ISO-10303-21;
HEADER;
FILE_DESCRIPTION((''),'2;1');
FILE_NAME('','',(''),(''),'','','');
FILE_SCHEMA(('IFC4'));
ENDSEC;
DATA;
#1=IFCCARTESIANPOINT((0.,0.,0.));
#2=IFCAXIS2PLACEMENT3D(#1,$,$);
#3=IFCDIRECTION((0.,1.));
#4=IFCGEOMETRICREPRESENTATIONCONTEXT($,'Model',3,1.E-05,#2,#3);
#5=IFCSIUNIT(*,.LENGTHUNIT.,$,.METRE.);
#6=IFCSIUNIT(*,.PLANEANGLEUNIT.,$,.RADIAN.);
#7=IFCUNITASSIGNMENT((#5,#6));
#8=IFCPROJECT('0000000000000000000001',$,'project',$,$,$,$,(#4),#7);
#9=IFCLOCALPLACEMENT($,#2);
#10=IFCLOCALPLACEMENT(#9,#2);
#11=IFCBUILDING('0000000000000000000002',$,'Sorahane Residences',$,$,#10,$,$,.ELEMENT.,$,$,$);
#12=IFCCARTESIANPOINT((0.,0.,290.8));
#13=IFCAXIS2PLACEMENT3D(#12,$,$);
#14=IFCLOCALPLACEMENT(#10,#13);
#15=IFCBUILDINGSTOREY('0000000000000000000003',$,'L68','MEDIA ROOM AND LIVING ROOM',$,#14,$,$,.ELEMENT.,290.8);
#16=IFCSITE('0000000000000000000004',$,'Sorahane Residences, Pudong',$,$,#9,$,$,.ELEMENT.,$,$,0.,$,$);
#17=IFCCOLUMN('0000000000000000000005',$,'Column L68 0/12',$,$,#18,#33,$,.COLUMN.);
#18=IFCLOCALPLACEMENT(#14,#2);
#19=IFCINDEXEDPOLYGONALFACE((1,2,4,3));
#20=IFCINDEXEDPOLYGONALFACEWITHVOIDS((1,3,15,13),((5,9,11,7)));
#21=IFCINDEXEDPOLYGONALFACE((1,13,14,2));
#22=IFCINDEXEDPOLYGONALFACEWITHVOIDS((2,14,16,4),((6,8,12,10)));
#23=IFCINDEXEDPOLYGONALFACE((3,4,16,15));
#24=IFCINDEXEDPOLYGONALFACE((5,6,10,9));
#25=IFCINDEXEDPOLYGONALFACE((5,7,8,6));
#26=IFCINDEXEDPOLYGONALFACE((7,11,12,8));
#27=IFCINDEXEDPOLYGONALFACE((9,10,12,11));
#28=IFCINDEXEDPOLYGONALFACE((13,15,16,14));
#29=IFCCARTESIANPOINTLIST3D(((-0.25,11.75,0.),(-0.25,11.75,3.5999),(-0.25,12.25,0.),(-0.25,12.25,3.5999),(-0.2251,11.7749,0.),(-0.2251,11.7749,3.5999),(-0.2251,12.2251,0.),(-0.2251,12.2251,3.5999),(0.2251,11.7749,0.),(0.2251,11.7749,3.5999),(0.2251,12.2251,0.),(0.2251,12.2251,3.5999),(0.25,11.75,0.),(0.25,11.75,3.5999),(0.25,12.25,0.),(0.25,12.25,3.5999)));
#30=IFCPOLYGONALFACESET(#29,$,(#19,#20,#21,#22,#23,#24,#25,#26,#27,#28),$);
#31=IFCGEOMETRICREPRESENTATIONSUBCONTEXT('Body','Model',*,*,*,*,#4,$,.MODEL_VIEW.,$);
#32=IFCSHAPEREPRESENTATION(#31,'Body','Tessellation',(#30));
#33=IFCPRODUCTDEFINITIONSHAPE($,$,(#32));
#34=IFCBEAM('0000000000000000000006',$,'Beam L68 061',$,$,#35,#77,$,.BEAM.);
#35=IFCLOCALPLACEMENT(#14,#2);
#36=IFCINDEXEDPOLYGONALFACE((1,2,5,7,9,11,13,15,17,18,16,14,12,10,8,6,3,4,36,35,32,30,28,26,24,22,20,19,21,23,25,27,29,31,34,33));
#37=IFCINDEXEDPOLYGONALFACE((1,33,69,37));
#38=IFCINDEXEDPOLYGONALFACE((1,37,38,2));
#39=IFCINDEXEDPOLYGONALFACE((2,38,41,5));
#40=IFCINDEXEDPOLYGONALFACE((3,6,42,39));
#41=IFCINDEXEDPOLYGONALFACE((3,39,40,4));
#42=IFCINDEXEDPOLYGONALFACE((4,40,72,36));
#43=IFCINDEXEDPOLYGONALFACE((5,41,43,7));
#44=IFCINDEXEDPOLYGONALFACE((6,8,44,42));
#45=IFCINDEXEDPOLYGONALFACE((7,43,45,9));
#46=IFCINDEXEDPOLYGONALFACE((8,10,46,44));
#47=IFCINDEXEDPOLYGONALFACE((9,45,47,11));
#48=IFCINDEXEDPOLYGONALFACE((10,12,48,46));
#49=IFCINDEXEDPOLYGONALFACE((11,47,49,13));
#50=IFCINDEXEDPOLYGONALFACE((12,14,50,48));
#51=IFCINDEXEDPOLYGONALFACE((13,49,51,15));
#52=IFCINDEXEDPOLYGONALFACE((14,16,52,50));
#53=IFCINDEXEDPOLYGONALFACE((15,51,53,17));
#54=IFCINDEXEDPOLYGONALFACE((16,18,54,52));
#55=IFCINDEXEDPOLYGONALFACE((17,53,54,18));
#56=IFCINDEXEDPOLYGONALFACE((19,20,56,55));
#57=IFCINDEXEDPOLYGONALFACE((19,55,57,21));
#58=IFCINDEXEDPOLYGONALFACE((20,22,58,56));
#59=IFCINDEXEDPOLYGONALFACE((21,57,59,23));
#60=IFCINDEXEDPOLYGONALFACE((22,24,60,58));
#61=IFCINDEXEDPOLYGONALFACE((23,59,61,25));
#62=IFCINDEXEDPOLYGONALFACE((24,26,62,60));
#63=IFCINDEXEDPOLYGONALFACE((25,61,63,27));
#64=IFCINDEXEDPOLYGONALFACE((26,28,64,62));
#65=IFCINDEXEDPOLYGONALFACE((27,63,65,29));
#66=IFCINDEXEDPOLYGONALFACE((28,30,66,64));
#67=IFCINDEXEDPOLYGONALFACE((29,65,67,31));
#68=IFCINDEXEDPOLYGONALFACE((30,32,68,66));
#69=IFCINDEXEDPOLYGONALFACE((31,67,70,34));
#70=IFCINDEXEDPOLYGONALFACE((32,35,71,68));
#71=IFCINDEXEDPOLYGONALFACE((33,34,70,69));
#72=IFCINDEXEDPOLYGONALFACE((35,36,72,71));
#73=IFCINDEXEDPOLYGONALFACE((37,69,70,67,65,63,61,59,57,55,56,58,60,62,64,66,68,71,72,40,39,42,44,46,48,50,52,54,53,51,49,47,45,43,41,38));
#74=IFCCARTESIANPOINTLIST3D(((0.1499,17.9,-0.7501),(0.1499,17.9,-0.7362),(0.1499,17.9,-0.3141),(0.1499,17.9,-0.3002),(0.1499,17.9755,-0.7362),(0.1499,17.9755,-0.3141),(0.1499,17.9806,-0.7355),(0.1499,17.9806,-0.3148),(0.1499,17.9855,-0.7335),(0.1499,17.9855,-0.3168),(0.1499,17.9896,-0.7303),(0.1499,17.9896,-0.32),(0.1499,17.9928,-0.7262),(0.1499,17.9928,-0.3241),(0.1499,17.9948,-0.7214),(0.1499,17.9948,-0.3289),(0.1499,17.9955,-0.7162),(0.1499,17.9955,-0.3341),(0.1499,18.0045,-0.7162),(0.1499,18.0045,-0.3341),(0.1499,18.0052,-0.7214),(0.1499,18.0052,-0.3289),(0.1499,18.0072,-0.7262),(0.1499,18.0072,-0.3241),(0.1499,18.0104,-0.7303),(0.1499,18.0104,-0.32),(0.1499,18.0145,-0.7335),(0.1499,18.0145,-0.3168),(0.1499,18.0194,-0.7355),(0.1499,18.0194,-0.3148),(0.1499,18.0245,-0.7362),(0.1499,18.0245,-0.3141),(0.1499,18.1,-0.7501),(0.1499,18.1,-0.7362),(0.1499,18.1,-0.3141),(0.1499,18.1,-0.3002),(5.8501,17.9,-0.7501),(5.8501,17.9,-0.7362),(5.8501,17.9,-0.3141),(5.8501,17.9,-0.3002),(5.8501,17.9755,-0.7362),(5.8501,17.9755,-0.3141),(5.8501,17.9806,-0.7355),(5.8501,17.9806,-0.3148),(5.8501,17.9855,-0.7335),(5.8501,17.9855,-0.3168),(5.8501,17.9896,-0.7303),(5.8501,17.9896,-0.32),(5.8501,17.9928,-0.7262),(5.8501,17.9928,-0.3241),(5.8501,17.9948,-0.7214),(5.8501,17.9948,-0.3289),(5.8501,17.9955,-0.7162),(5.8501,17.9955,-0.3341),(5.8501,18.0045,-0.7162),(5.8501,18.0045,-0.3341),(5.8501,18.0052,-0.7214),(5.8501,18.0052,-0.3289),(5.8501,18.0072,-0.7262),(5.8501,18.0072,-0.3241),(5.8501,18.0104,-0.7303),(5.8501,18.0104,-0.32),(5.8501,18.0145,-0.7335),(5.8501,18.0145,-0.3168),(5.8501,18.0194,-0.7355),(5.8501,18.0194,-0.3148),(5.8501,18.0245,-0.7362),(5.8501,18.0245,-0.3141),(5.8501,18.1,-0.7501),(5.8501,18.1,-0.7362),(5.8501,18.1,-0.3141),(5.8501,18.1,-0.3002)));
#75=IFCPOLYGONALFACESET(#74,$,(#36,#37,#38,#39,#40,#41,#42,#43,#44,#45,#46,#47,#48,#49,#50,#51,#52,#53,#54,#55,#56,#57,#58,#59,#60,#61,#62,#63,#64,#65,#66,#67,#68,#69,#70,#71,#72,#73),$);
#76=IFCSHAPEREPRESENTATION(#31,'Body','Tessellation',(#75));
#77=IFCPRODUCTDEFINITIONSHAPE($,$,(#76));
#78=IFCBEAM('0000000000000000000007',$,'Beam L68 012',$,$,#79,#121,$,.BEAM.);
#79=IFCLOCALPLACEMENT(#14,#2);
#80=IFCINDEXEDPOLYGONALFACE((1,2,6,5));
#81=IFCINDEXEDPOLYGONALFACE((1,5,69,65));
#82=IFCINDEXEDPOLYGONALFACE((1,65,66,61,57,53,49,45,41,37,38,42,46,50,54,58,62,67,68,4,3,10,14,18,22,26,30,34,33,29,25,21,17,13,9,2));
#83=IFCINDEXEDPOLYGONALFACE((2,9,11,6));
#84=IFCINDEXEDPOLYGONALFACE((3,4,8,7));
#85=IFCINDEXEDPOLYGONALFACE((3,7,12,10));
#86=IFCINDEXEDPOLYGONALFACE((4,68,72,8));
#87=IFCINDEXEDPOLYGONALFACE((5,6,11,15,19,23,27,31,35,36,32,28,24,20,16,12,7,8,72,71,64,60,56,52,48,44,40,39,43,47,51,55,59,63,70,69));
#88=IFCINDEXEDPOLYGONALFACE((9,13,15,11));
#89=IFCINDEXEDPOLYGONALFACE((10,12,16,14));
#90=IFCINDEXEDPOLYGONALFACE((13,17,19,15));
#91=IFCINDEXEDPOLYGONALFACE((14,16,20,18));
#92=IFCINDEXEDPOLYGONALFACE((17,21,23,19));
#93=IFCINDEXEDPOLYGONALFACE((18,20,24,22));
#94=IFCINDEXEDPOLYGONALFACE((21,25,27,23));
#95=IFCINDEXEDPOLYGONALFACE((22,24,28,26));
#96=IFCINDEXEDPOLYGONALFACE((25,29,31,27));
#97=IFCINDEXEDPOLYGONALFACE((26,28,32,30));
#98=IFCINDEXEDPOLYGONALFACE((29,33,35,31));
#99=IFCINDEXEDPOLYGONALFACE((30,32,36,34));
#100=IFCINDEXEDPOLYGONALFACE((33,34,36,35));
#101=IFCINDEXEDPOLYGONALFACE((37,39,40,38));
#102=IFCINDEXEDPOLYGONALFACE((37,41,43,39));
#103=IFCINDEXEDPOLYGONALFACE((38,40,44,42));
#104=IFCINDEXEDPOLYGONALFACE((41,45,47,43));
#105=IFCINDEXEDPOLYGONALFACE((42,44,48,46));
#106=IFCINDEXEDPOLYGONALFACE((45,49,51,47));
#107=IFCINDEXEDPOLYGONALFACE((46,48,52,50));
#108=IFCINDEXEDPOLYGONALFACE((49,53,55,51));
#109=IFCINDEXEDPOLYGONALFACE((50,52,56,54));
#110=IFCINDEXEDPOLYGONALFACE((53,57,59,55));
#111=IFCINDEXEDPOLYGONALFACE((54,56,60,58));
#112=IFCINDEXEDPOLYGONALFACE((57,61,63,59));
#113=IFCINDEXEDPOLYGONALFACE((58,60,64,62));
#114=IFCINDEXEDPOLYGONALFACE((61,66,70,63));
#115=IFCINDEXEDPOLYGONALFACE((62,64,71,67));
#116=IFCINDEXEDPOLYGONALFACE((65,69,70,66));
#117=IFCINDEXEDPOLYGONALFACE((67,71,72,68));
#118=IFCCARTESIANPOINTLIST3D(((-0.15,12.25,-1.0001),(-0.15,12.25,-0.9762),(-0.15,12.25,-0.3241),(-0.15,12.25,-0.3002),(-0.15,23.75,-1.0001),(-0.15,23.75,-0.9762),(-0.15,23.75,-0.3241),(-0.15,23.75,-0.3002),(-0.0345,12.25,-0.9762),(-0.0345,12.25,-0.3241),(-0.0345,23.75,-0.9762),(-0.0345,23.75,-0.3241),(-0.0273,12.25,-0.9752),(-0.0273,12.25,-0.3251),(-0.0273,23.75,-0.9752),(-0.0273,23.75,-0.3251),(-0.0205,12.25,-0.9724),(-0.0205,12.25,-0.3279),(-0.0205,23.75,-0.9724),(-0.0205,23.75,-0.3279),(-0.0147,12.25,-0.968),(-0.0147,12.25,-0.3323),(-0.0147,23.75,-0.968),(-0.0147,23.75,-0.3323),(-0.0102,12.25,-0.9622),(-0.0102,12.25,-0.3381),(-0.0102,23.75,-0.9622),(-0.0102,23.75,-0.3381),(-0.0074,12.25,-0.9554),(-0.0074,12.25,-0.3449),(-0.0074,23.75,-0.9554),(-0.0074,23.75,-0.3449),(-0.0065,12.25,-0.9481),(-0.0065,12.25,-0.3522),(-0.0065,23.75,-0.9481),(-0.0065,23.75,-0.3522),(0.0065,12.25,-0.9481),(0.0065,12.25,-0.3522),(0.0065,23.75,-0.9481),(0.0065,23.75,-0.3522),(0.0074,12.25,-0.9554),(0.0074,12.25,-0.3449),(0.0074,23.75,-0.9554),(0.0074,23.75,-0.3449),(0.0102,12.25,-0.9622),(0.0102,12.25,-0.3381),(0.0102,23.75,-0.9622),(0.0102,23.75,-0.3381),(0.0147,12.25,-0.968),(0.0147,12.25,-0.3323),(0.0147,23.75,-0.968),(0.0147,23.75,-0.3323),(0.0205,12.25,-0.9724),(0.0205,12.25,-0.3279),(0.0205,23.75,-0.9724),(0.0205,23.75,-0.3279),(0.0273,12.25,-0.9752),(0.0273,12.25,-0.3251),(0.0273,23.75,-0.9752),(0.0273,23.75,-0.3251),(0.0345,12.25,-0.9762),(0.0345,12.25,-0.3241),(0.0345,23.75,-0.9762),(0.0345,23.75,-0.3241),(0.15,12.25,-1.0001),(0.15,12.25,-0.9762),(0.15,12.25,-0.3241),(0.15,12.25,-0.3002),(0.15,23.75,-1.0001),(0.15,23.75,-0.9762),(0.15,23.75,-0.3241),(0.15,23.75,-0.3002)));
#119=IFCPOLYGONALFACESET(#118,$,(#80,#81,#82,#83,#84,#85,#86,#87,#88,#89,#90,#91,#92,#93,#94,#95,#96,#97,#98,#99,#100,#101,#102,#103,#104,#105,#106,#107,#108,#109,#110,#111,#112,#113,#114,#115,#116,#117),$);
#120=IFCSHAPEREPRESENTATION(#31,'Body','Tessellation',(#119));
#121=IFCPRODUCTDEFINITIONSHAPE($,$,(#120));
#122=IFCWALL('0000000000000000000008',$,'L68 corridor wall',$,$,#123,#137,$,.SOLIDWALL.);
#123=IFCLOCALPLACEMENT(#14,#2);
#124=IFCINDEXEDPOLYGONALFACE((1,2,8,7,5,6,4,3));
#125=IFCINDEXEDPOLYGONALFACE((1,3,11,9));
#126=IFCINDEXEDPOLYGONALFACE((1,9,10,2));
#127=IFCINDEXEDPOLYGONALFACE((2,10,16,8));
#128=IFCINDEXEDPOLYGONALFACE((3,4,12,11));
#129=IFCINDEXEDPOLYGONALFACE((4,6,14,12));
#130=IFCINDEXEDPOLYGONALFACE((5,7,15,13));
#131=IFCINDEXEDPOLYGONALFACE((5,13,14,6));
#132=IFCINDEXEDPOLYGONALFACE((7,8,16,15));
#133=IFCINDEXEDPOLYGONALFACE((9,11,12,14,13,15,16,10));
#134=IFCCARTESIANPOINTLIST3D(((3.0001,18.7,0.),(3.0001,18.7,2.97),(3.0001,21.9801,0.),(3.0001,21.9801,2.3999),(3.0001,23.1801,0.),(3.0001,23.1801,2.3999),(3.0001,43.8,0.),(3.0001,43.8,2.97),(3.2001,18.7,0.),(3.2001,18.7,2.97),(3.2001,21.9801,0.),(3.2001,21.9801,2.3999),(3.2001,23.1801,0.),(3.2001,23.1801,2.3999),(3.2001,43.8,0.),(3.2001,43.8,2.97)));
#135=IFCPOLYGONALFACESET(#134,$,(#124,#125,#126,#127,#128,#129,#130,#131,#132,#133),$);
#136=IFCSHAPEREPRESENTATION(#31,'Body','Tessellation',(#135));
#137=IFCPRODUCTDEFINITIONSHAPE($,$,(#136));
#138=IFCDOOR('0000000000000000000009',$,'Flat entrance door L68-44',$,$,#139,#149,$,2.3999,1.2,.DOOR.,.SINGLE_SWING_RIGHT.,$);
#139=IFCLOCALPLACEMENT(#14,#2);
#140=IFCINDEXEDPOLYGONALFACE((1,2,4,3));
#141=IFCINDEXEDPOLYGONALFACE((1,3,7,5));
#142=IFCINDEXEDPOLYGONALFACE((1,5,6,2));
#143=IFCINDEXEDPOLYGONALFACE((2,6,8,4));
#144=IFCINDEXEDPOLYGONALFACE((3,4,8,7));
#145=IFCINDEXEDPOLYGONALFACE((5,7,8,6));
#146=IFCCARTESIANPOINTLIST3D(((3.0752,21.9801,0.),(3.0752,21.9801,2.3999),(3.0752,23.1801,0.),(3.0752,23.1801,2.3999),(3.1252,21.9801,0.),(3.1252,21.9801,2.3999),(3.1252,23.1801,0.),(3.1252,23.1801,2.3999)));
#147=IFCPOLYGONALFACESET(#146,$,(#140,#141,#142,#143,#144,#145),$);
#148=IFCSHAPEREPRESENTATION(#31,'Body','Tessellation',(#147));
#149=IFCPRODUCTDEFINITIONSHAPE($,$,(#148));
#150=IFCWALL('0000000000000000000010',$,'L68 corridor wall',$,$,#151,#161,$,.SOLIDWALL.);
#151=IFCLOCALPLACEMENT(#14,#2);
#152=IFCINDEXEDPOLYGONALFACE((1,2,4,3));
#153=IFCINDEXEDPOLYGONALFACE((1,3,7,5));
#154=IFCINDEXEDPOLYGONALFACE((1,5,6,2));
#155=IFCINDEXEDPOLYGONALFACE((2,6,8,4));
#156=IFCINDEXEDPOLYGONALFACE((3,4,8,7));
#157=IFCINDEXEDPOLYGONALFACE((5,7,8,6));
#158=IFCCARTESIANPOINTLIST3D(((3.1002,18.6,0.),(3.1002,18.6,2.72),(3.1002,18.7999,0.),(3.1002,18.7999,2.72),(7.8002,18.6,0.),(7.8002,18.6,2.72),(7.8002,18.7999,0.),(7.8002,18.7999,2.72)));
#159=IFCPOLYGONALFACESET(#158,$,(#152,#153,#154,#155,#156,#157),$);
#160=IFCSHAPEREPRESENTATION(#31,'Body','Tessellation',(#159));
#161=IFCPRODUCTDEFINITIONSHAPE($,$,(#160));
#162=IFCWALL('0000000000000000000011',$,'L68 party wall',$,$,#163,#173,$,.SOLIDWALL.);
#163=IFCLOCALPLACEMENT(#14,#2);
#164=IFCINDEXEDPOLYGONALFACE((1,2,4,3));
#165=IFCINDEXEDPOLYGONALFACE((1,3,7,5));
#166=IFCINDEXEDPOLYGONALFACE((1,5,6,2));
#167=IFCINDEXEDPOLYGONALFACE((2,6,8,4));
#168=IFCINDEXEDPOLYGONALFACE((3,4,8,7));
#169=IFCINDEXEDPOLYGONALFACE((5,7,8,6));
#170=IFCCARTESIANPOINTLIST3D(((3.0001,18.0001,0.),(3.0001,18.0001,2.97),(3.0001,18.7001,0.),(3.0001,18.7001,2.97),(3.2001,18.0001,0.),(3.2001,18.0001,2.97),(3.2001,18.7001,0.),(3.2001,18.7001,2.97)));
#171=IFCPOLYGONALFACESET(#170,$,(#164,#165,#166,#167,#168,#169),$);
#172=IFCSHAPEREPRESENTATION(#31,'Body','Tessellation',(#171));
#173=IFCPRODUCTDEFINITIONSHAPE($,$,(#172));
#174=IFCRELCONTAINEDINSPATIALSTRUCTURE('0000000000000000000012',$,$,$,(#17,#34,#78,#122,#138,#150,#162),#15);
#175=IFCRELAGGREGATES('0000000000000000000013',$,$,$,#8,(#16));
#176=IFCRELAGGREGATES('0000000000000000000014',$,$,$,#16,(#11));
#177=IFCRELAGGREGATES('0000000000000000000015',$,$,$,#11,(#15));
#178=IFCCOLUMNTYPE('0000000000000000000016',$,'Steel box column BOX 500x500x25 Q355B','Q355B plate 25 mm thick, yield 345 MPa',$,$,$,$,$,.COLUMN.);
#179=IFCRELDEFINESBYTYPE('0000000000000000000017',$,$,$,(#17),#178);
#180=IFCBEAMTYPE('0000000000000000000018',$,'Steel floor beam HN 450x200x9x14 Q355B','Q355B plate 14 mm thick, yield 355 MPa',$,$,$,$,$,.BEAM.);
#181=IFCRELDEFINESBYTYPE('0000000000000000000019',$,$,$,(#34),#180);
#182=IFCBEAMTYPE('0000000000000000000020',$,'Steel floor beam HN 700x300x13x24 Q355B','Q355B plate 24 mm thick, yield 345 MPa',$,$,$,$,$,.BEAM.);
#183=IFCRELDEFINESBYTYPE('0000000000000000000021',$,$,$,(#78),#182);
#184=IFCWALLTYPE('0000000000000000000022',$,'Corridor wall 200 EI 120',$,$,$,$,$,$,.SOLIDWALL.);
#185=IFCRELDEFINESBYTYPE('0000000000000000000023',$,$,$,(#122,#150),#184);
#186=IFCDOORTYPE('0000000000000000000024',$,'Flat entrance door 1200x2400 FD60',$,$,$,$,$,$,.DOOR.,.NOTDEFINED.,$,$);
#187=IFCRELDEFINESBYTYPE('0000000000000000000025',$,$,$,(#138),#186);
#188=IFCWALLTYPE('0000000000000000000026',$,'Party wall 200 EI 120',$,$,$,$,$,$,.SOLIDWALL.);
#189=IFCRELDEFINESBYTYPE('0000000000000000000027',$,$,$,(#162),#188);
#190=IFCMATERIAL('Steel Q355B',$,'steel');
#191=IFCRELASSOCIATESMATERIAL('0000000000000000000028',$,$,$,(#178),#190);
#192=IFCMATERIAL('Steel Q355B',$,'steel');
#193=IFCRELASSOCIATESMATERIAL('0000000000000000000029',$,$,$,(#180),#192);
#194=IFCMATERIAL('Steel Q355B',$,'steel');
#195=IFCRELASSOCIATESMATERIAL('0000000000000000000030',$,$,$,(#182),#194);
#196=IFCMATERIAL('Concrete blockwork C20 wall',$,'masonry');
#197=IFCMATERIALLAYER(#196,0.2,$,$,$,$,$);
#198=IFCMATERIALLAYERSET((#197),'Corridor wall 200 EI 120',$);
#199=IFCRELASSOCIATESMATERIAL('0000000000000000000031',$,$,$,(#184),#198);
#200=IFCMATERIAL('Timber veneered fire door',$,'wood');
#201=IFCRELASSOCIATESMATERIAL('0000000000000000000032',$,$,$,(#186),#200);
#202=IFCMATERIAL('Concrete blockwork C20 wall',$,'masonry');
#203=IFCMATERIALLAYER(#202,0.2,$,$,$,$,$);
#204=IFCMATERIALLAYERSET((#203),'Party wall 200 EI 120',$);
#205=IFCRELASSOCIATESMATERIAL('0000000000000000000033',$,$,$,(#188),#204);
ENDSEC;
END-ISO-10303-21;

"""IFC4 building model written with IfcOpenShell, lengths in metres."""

from ifc_helpers import new_model, si_unit, direction, frame, frame_2d, origin, origin_2d, place, context, subcontext, project, spatial, rectangle, hollow_rectangle, i_section, extrude, material, layer, layer_set, material_profile, profile_set, type_object, element, fill, save


model = new_model("IFC4")

# Units and contexts
model_context = context("Model", 3, precision=1e-05, world=origin(), true_north=direction((0.0, 1.0)))
body_context = subcontext(model_context, "Body", "Model", "MODEL_VIEW")
ifc_project = project(units=[si_unit("LENGTHUNIT", "METRE"), si_unit("PLANEANGLEUNIT", "RADIAN")], contexts=[model_context])

# Site, building, storey
site_placement = place(None, origin())
site = spatial("IfcSite", under=ifc_project, at=site_placement, Name="Sorahane Residences, Pudong", CompositionType="ELEMENT", RefElevation=0.0)
building_placement = place(site_placement, origin())
building = spatial("IfcBuilding", under=site, at=building_placement, Name="Sorahane Residences", CompositionType="ELEMENT")
storey_placement = place(building_placement, frame((0.0, 0.0, 290.8)))
storey = spatial("IfcBuildingStorey", under=building, at=storey_placement, Name="L68", Description="MEDIA ROOM AND LIVING ROOM", CompositionType="ELEMENT", Elevation=290.8)

# Column
ifc_material_1 = material(Name="Steel Q355B", Category="steel")
ifc_material_profile_1 = material_profile(ifc_material_1, hollow_rectangle(XDim=0.5, YDim=0.5, WallThickness=0.0249, at=origin_2d()), Name="BOX 500x500x25")
ifc_profile_set_1 = profile_set([ifc_material_profile_1], Name="Steel Q355B")
column_type = type_object("IfcColumnType", Name="Steel box column BOX 500x500x25 Q355B", Description="Q355B plate 25 mm thick, yield 345 MPa", PredefinedType="COLUMN", material=ifc_profile_set_1)
column_placement = place(storey_placement, frame((0.0, 12.0, 0.0), z_axis=(0.0, 0.0, 1.0), x_axis=(1.0, 0.0, 0.0)))
element("IfcColumn", 1, at=column_placement, inside=storey, type_object=column_type, Name="Column L68 0/12", PredefinedType="COLUMN", context=body_context, shape_type="SweptSolid", body=[
    extrude(hollow_rectangle(XDim=0.5, YDim=0.5, WallThickness=0.0249, at=origin_2d()), origin(), (0.0, 0.0, 1.0), 3.5999),
])

# Beams
ifc_material_2 = material(Name="Steel Q355B", Category="steel")
ifc_material_profile_2 = material_profile(ifc_material_2, i_section(OverallWidth=0.2, OverallDepth=0.45, WebThickness=0.009, FlangeThickness=0.0139, FilletRadius=0.02, at=origin_2d()), Name="HN 450x200x9x14")
ifc_profile_set_2 = profile_set([ifc_material_profile_2], Name="Steel Q355B")
beam_type_1 = type_object("IfcBeamType", Name="Steel floor beam HN 450x200x9x14 Q355B", Description="Q355B plate 14 mm thick, yield 355 MPa", PredefinedType="BEAM", material=ifc_profile_set_2)
beam_1_placement = place(storey_placement, frame((0.1499, 18.0, -0.5251), z_axis=(1.0, 0.0, 0.0), x_axis=(0.0, 1.0, 0.0)))
element("IfcBeam", 2, at=beam_1_placement, inside=storey, type_object=beam_type_1, Name="Beam L68 061", PredefinedType="BEAM", context=body_context, shape_type="SweptSolid", body=[
    extrude(i_section(OverallWidth=0.2, OverallDepth=0.45, WebThickness=0.009, FlangeThickness=0.0139, FilletRadius=0.02, at=origin_2d()), origin(), (0.0, 0.0, 1.0), 5.7002),
])
ifc_material_3 = material(Name="Steel Q355B", Category="steel")
ifc_material_profile_3 = material_profile(ifc_material_3, i_section(OverallWidth=0.3, OverallDepth=0.7, WebThickness=0.0129, FlangeThickness=0.0239, FilletRadius=0.0281, at=origin_2d()), Name="HN 700x300x13x24")
ifc_profile_set_3 = profile_set([ifc_material_profile_3], Name="Steel Q355B")
beam_type_2 = type_object("IfcBeamType", Name="Steel floor beam HN 700x300x13x24 Q355B", Description="Q355B plate 24 mm thick, yield 345 MPa", PredefinedType="BEAM", material=ifc_profile_set_3)
beam_2_placement = place(storey_placement, frame((0.0, 12.25, -0.6501), z_axis=(0.0, 1.0, 0.0), x_axis=(-1.0, 0.0, 0.0)))
element("IfcBeam", 3, at=beam_2_placement, inside=storey, type_object=beam_type_2, Name="Beam L68 012", PredefinedType="BEAM", context=body_context, shape_type="SweptSolid", body=[
    extrude(i_section(OverallWidth=0.3, OverallDepth=0.7, WebThickness=0.0129, FlangeThickness=0.0239, FilletRadius=0.0281, at=origin_2d()), origin(), (0.0, 0.0, 1.0), 11.5),
])

# Wall, opening, door
ifc_material_4 = material(Name="Concrete blockwork C20 wall", Category="masonry")
ifc_layer_1 = layer(ifc_material_4, 0.2)
ifc_layer_set_1 = layer_set([ifc_layer_1], Name="Corridor wall 200 EI 120")
wall_type_1 = type_object("IfcWallType", Name="Corridor wall 200 EI 120", PredefinedType="SOLIDWALL", material=ifc_layer_set_1)
wall_1_placement = place(storey_placement, frame((3.1001, 18.7, 0.0), z_axis=(0.0, 0.0, 1.0), x_axis=(0.0, 1.0, 0.0)))
wall_1 = element("IfcWall", 4, at=wall_1_placement, inside=storey, type_object=wall_type_1, Name="L68 corridor wall", PredefinedType="SOLIDWALL", context=body_context, shape_type="SweptSolid", body=[
    extrude(rectangle(XDim=25.1001, YDim=0.2, at=frame_2d((12.55, 0.0))), origin(), (0.0, 0.0, 1.0), 2.97),
])
opening_1_placement = place(wall_1_placement, frame((3.28, 0.0, 0.0)))
opening_1 = element("IfcOpeningElement", 5, at=opening_1_placement, cuts=wall_1, PredefinedType="OPENING", context=body_context, shape_type="SweptSolid", body=[
    extrude(rectangle(XDim=1.2, YDim=2.3999, at=frame_2d((0.6001, 1.2))), frame((0.0, 0.1099, 0.0), z_axis=(0.0, -1.0, 0.0), x_axis=(1.0, 0.0, 0.0)), (0.0, 0.0, 1.0), 0.22),
])
ifc_material_5 = material(Name="Timber veneered fire door", Category="wood")
door_type_1 = type_object("IfcDoorType", Name="Flat entrance door 1200x2400 FD60", OperationType="NOTDEFINED", PredefinedType="DOOR", material=ifc_material_5)
door_1_placement = place(opening_1_placement, origin())
door_1 = element("IfcDoor", 6, at=door_1_placement, inside=storey, type_object=door_type_1, Name="Flat entrance door L68-44", OperationType="SINGLE_SWING_RIGHT", OverallHeight=2.3999, OverallWidth=1.2, PredefinedType="DOOR", context=body_context, shape_type="SweptSolid", body=[
    extrude(rectangle(XDim=1.2, YDim=2.3999, at=frame_2d((0.6001, 1.2))), frame((0.0, 0.0249, 0.0), z_axis=(0.0, -1.0, 0.0), x_axis=(1.0, 0.0, 0.0)), (0.0, 0.0, 1.0), 0.05),
])
fill(opening_1, door_1)

# Wall
wall_2_placement = place(storey_placement, frame((3.1001, 18.7, 0.0), z_axis=(0.0, 0.0, 1.0), x_axis=(1.0, 0.0, 0.0)))
element("IfcWall", 7, at=wall_2_placement, inside=storey, type_object=wall_type_1, Name="L68 corridor wall", PredefinedType="SOLIDWALL", context=body_context, shape_type="SweptSolid", body=[
    extrude(rectangle(XDim=4.7, YDim=0.2, at=frame_2d((2.3501, 0.0))), origin(), (0.0, 0.0, 1.0), 2.72),
])

# Wall
ifc_material_6 = material(Name="Concrete blockwork C20 wall", Category="masonry")
ifc_layer_2 = layer(ifc_material_6, 0.2)
ifc_layer_set_2 = layer_set([ifc_layer_2], Name="Party wall 200 EI 120")
wall_type_2 = type_object("IfcWallType", Name="Party wall 200 EI 120", PredefinedType="SOLIDWALL", material=ifc_layer_set_2)
wall_3_placement = place(storey_placement, frame((3.1001, 18.0, 0.0), z_axis=(0.0, 0.0, 1.0), x_axis=(0.0, 1.0, 0.0)))
element("IfcWall", 8, at=wall_3_placement, inside=storey, type_object=wall_type_2, Name="L68 party wall", PredefinedType="SOLIDWALL", context=body_context, shape_type="SweptSolid", body=[
    extrude(rectangle(XDim=0.7, YDim=0.2, at=frame_2d((0.3501, 0.0))), origin(), (0.0, 0.0, 1.0), 2.97),
])

save(model, "model.ifc")
